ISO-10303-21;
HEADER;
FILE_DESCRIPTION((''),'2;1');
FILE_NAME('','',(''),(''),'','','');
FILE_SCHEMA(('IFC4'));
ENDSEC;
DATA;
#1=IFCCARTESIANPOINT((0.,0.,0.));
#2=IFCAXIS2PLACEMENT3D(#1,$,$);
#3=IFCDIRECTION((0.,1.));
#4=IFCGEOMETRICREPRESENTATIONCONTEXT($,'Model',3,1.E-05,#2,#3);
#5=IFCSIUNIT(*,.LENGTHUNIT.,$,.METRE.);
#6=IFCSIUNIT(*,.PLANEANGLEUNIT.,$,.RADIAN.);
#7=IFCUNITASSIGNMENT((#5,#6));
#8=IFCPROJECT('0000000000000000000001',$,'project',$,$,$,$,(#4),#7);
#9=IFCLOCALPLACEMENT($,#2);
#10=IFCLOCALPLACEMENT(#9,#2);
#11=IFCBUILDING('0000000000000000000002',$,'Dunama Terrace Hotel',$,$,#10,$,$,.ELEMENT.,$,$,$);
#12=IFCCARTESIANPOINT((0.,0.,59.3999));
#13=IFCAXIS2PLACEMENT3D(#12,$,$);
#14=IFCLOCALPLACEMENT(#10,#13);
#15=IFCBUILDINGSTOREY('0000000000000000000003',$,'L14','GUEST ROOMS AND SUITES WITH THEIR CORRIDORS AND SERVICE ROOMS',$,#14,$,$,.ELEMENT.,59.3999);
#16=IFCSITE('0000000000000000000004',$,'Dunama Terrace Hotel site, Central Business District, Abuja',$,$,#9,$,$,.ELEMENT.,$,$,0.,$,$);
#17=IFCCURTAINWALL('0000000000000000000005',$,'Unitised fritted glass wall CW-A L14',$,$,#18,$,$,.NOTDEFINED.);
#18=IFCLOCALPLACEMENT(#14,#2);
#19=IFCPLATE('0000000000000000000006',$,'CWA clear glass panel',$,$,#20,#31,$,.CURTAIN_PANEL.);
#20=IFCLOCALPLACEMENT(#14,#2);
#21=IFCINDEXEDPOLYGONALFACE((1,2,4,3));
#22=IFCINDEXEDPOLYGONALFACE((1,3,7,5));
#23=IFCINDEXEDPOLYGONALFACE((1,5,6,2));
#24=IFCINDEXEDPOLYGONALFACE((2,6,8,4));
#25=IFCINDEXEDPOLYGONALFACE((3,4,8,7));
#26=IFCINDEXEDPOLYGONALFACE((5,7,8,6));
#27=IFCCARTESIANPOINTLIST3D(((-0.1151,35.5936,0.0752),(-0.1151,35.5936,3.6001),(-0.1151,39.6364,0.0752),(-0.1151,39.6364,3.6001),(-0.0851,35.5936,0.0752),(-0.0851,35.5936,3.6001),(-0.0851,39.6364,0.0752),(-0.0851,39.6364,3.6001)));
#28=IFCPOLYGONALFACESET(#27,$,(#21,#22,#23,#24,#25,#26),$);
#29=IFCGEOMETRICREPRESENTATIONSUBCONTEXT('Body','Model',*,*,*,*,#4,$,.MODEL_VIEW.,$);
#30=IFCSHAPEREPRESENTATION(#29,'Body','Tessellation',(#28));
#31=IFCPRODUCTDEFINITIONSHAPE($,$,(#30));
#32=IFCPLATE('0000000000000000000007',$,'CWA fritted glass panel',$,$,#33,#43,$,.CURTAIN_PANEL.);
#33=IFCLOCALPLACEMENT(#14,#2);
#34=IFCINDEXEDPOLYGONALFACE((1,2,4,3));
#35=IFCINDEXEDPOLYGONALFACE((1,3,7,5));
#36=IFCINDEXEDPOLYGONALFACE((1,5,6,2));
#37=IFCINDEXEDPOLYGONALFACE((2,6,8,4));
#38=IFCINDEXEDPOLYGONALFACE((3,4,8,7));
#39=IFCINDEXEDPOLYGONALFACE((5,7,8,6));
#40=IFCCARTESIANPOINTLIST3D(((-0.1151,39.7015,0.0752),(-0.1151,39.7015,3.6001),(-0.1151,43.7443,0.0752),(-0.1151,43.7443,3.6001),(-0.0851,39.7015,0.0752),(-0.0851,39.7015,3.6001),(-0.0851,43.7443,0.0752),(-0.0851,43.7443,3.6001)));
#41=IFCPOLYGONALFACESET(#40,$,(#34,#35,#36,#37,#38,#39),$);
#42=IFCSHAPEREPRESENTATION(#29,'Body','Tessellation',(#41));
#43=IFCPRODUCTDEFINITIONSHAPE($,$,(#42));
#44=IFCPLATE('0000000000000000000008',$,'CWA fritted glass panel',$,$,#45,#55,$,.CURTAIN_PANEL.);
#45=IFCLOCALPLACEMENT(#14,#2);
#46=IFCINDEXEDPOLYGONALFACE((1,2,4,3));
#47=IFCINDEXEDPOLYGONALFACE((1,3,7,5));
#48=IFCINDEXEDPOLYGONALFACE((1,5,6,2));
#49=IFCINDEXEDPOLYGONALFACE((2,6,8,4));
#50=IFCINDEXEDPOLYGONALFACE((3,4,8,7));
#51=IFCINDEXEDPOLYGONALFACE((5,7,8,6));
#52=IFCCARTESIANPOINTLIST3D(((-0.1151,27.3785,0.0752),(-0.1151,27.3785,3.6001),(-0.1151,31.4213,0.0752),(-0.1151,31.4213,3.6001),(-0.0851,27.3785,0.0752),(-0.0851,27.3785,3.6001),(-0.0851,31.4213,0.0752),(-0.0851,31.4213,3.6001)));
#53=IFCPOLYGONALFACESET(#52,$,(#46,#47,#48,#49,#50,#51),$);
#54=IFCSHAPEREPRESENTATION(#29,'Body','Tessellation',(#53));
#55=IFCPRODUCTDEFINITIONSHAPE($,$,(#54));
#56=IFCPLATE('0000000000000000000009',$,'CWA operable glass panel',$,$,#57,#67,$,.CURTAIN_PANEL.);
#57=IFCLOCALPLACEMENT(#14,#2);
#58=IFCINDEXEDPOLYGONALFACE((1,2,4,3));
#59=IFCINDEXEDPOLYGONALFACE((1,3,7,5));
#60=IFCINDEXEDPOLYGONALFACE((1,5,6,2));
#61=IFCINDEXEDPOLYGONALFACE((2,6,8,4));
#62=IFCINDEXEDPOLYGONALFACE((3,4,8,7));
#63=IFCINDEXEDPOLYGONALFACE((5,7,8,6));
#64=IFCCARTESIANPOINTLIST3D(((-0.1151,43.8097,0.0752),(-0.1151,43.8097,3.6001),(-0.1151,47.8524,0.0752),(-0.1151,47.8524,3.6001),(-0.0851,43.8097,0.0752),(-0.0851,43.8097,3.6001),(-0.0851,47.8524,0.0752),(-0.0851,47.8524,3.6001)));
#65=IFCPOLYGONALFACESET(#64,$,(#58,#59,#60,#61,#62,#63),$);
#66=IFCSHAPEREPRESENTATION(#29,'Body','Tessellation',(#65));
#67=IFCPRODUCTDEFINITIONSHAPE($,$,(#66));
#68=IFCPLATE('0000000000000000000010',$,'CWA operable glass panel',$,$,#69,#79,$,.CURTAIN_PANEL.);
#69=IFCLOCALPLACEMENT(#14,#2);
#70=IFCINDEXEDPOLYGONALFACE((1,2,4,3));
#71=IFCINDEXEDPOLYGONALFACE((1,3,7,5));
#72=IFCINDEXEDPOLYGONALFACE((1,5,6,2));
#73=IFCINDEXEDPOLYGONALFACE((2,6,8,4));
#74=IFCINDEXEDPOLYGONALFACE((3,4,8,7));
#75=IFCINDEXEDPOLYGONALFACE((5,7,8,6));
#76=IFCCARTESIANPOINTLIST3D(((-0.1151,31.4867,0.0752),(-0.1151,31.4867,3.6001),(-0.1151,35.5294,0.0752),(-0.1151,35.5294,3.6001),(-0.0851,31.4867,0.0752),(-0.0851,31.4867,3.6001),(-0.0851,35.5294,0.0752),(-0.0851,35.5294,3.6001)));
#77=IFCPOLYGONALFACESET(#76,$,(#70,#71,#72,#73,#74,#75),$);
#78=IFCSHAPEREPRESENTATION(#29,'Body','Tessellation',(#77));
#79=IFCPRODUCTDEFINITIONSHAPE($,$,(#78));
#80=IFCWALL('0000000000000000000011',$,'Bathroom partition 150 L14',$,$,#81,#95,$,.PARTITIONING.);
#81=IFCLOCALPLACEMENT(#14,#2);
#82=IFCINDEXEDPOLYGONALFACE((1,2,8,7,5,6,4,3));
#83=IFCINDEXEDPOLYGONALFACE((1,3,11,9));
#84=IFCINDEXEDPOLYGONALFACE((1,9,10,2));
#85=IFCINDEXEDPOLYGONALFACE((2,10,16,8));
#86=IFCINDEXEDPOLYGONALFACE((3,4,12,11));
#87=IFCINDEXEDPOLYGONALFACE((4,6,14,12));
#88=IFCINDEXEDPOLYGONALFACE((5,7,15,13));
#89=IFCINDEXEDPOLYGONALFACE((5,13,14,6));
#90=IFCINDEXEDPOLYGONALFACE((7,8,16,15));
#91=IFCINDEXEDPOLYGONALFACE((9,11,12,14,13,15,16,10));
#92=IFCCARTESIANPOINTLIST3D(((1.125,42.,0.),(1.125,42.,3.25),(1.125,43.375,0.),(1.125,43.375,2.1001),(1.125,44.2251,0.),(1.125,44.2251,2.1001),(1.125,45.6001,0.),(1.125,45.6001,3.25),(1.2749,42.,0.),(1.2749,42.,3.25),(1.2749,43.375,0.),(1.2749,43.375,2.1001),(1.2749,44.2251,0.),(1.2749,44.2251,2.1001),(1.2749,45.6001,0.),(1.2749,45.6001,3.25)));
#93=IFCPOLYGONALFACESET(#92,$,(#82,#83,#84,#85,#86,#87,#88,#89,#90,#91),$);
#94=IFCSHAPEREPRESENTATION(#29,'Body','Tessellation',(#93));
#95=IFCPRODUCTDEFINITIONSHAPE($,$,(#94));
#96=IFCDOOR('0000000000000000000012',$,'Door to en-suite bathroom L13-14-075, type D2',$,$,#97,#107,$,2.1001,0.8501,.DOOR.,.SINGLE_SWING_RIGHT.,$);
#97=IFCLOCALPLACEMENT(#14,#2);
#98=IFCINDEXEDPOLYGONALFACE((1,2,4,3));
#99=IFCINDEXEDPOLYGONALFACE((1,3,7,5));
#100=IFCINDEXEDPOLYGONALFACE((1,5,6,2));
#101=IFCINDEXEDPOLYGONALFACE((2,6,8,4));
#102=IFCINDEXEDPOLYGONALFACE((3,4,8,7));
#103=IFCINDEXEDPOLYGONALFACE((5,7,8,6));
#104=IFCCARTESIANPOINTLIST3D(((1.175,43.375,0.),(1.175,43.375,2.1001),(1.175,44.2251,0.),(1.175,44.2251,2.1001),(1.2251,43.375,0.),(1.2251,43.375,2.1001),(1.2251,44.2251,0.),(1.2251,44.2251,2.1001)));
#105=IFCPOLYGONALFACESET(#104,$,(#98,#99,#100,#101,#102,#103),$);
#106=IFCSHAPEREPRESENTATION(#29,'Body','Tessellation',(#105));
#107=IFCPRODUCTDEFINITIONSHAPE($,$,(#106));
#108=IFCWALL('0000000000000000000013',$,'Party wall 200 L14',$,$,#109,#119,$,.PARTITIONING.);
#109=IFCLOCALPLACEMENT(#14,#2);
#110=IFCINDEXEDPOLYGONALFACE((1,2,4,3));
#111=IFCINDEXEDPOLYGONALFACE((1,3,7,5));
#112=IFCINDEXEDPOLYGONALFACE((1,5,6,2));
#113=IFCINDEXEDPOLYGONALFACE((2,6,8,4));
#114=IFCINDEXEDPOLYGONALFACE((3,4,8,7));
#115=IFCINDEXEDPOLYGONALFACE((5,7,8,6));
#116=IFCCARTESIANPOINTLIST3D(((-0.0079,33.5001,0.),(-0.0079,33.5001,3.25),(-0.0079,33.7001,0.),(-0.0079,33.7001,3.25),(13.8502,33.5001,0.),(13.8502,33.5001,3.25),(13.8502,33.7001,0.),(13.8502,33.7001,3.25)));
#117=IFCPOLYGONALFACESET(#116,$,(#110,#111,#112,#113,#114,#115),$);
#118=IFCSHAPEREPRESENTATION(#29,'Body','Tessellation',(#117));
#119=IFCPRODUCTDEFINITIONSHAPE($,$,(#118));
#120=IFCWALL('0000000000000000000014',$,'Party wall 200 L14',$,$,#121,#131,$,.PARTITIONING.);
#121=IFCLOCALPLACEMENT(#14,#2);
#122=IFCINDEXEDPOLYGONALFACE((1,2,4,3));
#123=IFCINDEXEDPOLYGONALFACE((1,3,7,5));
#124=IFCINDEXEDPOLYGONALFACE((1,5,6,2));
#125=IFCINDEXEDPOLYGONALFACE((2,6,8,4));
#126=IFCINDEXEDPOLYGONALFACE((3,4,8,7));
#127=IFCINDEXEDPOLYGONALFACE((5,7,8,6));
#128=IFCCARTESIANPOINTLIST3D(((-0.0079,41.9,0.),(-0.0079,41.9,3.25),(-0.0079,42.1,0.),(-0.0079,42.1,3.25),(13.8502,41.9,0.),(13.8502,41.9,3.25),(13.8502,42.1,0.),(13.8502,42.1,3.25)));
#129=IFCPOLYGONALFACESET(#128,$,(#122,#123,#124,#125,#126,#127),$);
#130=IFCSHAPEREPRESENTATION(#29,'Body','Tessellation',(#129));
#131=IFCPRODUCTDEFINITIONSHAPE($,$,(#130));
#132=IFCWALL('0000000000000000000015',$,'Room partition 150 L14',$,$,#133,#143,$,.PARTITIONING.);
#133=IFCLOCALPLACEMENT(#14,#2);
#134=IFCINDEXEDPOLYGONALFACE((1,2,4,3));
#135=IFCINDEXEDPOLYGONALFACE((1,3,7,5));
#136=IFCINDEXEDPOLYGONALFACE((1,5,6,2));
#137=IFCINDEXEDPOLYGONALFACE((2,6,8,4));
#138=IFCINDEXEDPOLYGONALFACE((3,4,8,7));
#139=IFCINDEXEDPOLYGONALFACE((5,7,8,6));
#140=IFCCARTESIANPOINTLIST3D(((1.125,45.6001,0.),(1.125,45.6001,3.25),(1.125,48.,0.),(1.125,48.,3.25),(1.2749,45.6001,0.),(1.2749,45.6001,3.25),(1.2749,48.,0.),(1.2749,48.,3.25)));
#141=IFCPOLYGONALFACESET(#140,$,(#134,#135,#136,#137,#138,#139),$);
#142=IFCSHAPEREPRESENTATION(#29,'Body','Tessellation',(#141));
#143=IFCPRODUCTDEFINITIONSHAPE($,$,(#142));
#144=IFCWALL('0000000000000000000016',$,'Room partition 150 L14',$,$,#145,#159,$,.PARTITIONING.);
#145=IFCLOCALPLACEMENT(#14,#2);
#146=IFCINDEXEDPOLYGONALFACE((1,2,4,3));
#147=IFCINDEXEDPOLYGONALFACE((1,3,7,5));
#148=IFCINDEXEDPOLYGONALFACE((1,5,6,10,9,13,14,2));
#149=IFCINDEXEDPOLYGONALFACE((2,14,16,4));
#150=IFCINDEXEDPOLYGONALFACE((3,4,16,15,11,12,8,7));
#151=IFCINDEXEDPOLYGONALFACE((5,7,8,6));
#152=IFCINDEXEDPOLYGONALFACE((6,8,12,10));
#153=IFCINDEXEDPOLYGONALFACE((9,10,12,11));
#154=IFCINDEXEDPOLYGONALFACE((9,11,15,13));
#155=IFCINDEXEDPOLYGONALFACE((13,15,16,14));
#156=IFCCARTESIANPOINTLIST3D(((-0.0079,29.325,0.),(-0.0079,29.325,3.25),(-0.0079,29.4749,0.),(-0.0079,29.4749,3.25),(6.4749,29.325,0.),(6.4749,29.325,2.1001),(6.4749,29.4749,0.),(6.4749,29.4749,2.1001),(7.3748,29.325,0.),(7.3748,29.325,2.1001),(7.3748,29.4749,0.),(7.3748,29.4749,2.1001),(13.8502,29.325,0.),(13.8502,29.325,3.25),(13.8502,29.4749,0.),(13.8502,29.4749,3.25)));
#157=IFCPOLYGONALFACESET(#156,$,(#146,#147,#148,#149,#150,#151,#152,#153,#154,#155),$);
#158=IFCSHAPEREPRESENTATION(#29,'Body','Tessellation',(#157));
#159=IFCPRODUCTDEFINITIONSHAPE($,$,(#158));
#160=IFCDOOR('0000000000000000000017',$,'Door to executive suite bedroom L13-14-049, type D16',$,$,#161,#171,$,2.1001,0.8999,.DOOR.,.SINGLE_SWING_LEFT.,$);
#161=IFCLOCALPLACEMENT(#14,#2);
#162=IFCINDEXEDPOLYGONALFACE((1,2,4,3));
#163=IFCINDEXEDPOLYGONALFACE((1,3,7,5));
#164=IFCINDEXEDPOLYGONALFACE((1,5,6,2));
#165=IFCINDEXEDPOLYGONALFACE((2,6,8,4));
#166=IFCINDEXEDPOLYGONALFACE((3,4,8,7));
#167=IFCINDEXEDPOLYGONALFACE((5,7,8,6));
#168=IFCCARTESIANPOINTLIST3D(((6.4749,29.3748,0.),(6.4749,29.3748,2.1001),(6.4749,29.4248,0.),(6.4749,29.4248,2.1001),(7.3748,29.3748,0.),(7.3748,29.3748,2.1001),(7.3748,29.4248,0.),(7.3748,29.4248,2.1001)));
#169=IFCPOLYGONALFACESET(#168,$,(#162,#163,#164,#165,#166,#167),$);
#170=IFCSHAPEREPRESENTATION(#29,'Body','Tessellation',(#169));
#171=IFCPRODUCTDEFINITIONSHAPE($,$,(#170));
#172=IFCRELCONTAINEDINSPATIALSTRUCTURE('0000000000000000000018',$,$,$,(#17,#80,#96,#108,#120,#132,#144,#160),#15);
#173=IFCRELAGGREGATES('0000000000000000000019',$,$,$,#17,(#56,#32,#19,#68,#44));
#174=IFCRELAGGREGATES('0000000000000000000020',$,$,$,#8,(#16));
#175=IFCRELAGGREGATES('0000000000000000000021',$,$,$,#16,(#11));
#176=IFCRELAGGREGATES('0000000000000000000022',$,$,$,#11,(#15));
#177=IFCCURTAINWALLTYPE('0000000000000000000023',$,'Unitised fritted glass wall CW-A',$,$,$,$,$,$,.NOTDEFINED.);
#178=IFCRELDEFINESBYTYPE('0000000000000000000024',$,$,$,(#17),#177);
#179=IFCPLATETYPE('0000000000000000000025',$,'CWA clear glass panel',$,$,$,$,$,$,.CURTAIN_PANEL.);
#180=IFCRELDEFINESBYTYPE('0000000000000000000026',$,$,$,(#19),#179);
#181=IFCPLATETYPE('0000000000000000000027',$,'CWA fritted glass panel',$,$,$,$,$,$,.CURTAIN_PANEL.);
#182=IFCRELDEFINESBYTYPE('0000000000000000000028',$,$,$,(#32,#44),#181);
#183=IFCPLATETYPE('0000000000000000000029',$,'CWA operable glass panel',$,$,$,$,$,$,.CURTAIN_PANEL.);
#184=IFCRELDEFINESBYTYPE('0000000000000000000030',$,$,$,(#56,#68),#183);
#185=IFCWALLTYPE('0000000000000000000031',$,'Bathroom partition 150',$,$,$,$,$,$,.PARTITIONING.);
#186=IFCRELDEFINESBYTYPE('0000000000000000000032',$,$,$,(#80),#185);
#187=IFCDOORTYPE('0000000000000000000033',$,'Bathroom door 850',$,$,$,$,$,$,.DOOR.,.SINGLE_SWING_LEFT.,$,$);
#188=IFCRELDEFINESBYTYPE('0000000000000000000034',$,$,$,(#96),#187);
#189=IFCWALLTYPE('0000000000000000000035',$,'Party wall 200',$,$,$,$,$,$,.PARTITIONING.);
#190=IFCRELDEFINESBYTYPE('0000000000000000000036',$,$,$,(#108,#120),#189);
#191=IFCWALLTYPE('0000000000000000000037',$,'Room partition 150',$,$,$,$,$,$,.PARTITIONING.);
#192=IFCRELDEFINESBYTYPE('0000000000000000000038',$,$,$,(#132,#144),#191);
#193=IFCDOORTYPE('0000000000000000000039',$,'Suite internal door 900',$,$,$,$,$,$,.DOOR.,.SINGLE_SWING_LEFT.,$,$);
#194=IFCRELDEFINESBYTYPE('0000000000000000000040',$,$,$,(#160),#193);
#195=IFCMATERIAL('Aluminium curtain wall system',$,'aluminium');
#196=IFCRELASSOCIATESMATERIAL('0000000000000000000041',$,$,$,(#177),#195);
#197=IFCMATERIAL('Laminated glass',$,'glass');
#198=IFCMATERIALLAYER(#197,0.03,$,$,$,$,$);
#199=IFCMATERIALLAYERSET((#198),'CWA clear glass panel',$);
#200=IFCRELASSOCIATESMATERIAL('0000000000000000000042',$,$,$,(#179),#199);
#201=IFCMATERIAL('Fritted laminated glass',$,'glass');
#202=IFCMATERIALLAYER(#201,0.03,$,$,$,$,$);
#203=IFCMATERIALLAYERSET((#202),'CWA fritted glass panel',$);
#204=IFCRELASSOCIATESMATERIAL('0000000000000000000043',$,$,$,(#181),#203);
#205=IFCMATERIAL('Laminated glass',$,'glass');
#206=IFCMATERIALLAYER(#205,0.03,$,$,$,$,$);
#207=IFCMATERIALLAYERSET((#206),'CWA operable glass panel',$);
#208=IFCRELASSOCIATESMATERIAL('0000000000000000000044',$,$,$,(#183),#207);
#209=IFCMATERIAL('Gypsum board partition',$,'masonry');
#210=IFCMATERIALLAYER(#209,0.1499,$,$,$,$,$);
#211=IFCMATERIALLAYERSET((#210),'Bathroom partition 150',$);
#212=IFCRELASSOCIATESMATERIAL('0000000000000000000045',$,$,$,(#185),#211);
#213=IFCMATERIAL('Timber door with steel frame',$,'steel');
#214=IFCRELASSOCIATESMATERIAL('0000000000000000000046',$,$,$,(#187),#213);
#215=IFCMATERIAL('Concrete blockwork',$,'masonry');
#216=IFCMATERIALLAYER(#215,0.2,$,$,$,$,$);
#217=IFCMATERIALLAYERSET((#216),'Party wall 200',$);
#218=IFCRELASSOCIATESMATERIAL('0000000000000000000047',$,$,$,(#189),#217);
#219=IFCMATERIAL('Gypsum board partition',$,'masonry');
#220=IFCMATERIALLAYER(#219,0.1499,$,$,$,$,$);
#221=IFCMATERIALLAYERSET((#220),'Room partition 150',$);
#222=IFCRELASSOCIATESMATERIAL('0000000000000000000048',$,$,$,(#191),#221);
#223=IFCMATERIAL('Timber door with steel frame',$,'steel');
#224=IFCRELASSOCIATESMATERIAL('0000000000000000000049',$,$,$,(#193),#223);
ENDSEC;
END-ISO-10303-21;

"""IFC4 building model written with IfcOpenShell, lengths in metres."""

from ifc_helpers import new_model, si_unit, direction, frame, frame_2d, origin, origin_2d, place, context, subcontext, project, spatial, rectangle, extrude, material, layer, layer_set, type_object, element, fill, aggregate, save


model = new_model("IFC4")

# Units and contexts
model_context = context("Model", 3, precision=1e-05, world=origin(), true_north=direction((0.0, 1.0)))
body_context = subcontext(model_context, "Body", "Model", "MODEL_VIEW")
ifc_project = project(units=[si_unit("LENGTHUNIT", "METRE"), si_unit("PLANEANGLEUNIT", "RADIAN")], contexts=[model_context])

# Site, building, storey
site_placement = place(None, origin())
site = spatial("IfcSite", under=ifc_project, at=site_placement, Name="Dunama Terrace Hotel site, Central Business District, Abuja", CompositionType="ELEMENT", RefElevation=0.0)
building_placement = place(site_placement, origin())
building = spatial("IfcBuilding", under=site, at=building_placement, Name="Dunama Terrace Hotel", CompositionType="ELEMENT")
storey_placement = place(building_placement, frame((0.0, 0.0, 59.3999)))
storey = spatial("IfcBuildingStorey", under=building, at=storey_placement, Name="L14", Description="GUEST ROOMS AND SUITES WITH THEIR CORRIDORS AND SERVICE ROOMS", CompositionType="ELEMENT", Elevation=59.3999)

# Curtain wall
ifc_material_1 = material(Name="Aluminium curtain wall system", Category="aluminium")
curtain_wall_type = type_object("IfcCurtainWallType", Name="Unitised fritted glass wall CW-A", PredefinedType="NOTDEFINED", material=ifc_material_1)
curtain_wall_placement = place(storey_placement, origin())
curtain_wall = element("IfcCurtainWall", 1, at=curtain_wall_placement, inside=storey, type_object=curtain_wall_type, Name="Unitised fritted glass wall CW-A L14", PredefinedType="NOTDEFINED")

# Plates
ifc_material_2 = material(Name="Laminated glass", Category="glass")
ifc_layer_1 = layer(ifc_material_2, 0.03)
ifc_layer_set_1 = layer_set([ifc_layer_1], Name="CWA clear glass panel")
plate_type_1 = type_object("IfcPlateType", Name="CWA clear glass panel", PredefinedType="CURTAIN_PANEL", material=ifc_layer_set_1)
plate_1_placement = place(storey_placement, frame((-0.1001, 37.615, 0.0752), z_axis=(0.0, 0.0, 1.0), x_axis=(0.0, -1.0, 0.0)))
plate_1 = element("IfcPlate", 2, at=plate_1_placement, type_object=plate_type_1, Name="CWA clear glass panel", PredefinedType="CURTAIN_PANEL", context=body_context, shape_type="SweptSolid", body=[
    extrude(rectangle(XDim=4.0427, YDim=0.03, at=origin_2d()), origin(), (0.0, 0.0, 1.0), 3.5249),
])
ifc_material_3 = material(Name="Fritted laminated glass", Category="glass")
ifc_layer_2 = layer(ifc_material_3, 0.03)
ifc_layer_set_2 = layer_set([ifc_layer_2], Name="CWA fritted glass panel")
plate_type_2 = type_object("IfcPlateType", Name="CWA fritted glass panel", PredefinedType="CURTAIN_PANEL", material=ifc_layer_set_2)
plate_2_placement = place(storey_placement, frame((-0.1001, 41.7229, 0.0752), z_axis=(0.0, 0.0, 1.0), x_axis=(0.0, -1.0, 0.0)))
plate_2 = element("IfcPlate", 3, at=plate_2_placement, type_object=plate_type_2, Name="CWA fritted glass panel", PredefinedType="CURTAIN_PANEL", context=body_context, shape_type="SweptSolid", body=[
    extrude(rectangle(XDim=4.0427, YDim=0.03, at=origin_2d()), origin(), (0.0, 0.0, 1.0), 3.5249),
])
plate_3_placement = place(storey_placement, frame((-0.1001, 29.3999, 0.0752), z_axis=(0.0, 0.0, 1.0), x_axis=(0.0, -1.0, 0.0)))
plate_3 = element("IfcPlate", 4, at=plate_3_placement, type_object=plate_type_2, Name="CWA fritted glass panel", PredefinedType="CURTAIN_PANEL", context=body_context, shape_type="SweptSolid", body=[
    extrude(rectangle(XDim=4.0427, YDim=0.03, at=origin_2d()), origin(), (0.0, 0.0, 1.0), 3.5249),
])
ifc_material_4 = material(Name="Laminated glass", Category="glass")
ifc_layer_3 = layer(ifc_material_4, 0.03)
ifc_layer_set_3 = layer_set([ifc_layer_3], Name="CWA operable glass panel")
plate_type_3 = type_object("IfcPlateType", Name="CWA operable glass panel", PredefinedType="CURTAIN_PANEL", material=ifc_layer_set_3)
plate_4_placement = place(storey_placement, frame((-0.1001, 45.8311, 0.0752), z_axis=(0.0, 0.0, 1.0), x_axis=(0.0, -1.0, 0.0)))
plate_4 = element("IfcPlate", 5, at=plate_4_placement, type_object=plate_type_3, Name="CWA operable glass panel", PredefinedType="CURTAIN_PANEL", context=body_context, shape_type="SweptSolid", body=[
    extrude(rectangle(XDim=4.0427, YDim=0.03, at=origin_2d()), origin(), (0.0, 0.0, 1.0), 3.5249),
])
plate_5_placement = place(storey_placement, frame((-0.1001, 33.5081, 0.0752), z_axis=(0.0, 0.0, 1.0), x_axis=(0.0, -1.0, 0.0)))
plate_5 = element("IfcPlate", 6, at=plate_5_placement, type_object=plate_type_3, Name="CWA operable glass panel", PredefinedType="CURTAIN_PANEL", context=body_context, shape_type="SweptSolid", body=[
    extrude(rectangle(XDim=4.0427, YDim=0.03, at=origin_2d()), origin(), (0.0, 0.0, 1.0), 3.5249),
])
aggregate(curtain_wall, [plate_4, plate_2, plate_1, plate_5, plate_3])

# Wall, opening, door
ifc_material_5 = material(Name="Gypsum board partition", Category="masonry")
ifc_layer_4 = layer(ifc_material_5, 0.1499)
ifc_layer_set_4 = layer_set([ifc_layer_4], Name="Bathroom partition 150")
wall_type_1 = type_object("IfcWallType", Name="Bathroom partition 150", PredefinedType="PARTITIONING", material=ifc_layer_set_4)
wall_1_placement = place(storey_placement, frame((1.2, 42.0, 0.0), z_axis=(0.0, 0.0, 1.0), x_axis=(0.0, 1.0, 0.0)))
wall_1 = element("IfcWall", 7, at=wall_1_placement, inside=storey, type_object=wall_type_1, Name="Bathroom partition 150 L14", PredefinedType="PARTITIONING", context=body_context, shape_type="SweptSolid", body=[
    extrude(rectangle(XDim=3.6001, YDim=0.1499, at=frame_2d((1.8, 0.0))), origin(), (0.0, 0.0, 1.0), 3.25),
])
opening_1_placement = place(wall_1_placement, frame((1.375, 0.0, 0.0)))
opening_1 = element("IfcOpeningElement", 8, at=opening_1_placement, cuts=wall_1, PredefinedType="OPENING", context=body_context, shape_type="SweptSolid", body=[
    extrude(rectangle(XDim=0.8501, YDim=2.1001, at=frame_2d((0.425, 1.05))), frame((0.0, 0.085, 0.0), z_axis=(0.0, -1.0, 0.0), x_axis=(1.0, 0.0, 0.0)), (0.0, 0.0, 1.0), 0.1699),
])
ifc_material_6 = material(Name="Timber door with steel frame", Category="steel")
door_type_1 = type_object("IfcDoorType", Name="Bathroom door 850", OperationType="SINGLE_SWING_LEFT", PredefinedType="DOOR", material=ifc_material_6)
door_1_placement = place(opening_1_placement, frame((0.8501, 0.0, 0.0), z_axis=(0.0, 0.0, 1.0), x_axis=(-1.0, 0.0, 0.0)))
door_1 = element("IfcDoor", 9, at=door_1_placement, inside=storey, type_object=door_type_1, Name="Door to en-suite bathroom L13-14-075, type D2", OperationType="SINGLE_SWING_RIGHT", OverallHeight=2.1001, OverallWidth=0.8501, PredefinedType="DOOR", context=body_context, shape_type="SweptSolid", body=[
    extrude(rectangle(XDim=0.8501, YDim=2.1001, at=frame_2d((0.425, 1.05))), frame((0.0, 0.0251, 0.0), z_axis=(0.0, -1.0, 0.0), x_axis=(1.0, 0.0, 0.0)), (0.0, 0.0, 1.0), 0.05),
])
fill(opening_1, door_1)

# Walls
ifc_material_7 = material(Name="Concrete blockwork", Category="masonry")
ifc_layer_5 = layer(ifc_material_7, 0.2)
ifc_layer_set_5 = layer_set([ifc_layer_5], Name="Party wall 200")
wall_type_2 = type_object("IfcWallType", Name="Party wall 200", PredefinedType="PARTITIONING", material=ifc_layer_set_5)
for number, where, z_axis, x_axis, name in (
    (10, (-0.0081, 33.6001, 0.0), (0.0, 0.0, 1.0), (1.0, 0.0, 0.0), "Party wall 200 L14"),
    (11, (-0.0081, 42.0, 0.0), (0.0, 0.0, 1.0), (1.0, 0.0, 0.0), "Party wall 200 L14"),
):
    element("IfcWall", number, at=place(storey_placement, frame(where, z_axis=z_axis, x_axis=x_axis)), inside=storey, type_object=wall_type_2, Name=name, PredefinedType="PARTITIONING", context=body_context, shape_type="SweptSolid", body=[
        extrude(rectangle(XDim=13.8582, YDim=0.2, at=frame_2d((6.9292, 0.0))), origin(), (0.0, 0.0, 1.0), 3.25),
    ])
ifc_material_8 = material(Name="Gypsum board partition", Category="masonry")
ifc_layer_6 = layer(ifc_material_8, 0.1499)
ifc_layer_set_6 = layer_set([ifc_layer_6], Name="Room partition 150")
wall_type_3 = type_object("IfcWallType", Name="Room partition 150", PredefinedType="PARTITIONING", material=ifc_layer_set_6)
wall_2_placement = place(storey_placement, frame((1.2, 45.6001, 0.0), z_axis=(0.0, 0.0, 1.0), x_axis=(0.0, 1.0, 0.0)))
element("IfcWall", 12, at=wall_2_placement, inside=storey, type_object=wall_type_3, Name="Room partition 150 L14", PredefinedType="PARTITIONING", context=body_context, shape_type="SweptSolid", body=[
    extrude(rectangle(XDim=2.3999, YDim=0.1499, at=frame_2d((1.2, 0.0))), origin(), (0.0, 0.0, 1.0), 3.25),
])

# Wall, opening, door
wall_3_placement = place(storey_placement, frame((-0.0081, 29.3999, 0.0), z_axis=(0.0, 0.0, 1.0), x_axis=(1.0, 0.0, 0.0)))
wall_3 = element("IfcWall", 13, at=wall_3_placement, inside=storey, type_object=wall_type_3, Name="Room partition 150 L14", PredefinedType="PARTITIONING", context=body_context, shape_type="SweptSolid", body=[
    extrude(rectangle(XDim=13.8582, YDim=0.1499, at=frame_2d((6.9292, 0.0))), origin(), (0.0, 0.0, 1.0), 3.25),
])
opening_2_placement = place(wall_3_placement, frame((6.4829, 0.0, 0.0)))
opening_2 = element("IfcOpeningElement", 14, at=opening_2_placement, cuts=wall_3, PredefinedType="OPENING", context=body_context, shape_type="SweptSolid", body=[
    extrude(rectangle(XDim=0.8999, YDim=2.1001, at=frame_2d((0.45, 1.05))), frame((0.0, 0.085, 0.0), z_axis=(0.0, -1.0, 0.0), x_axis=(1.0, 0.0, 0.0)), (0.0, 0.0, 1.0), 0.1699),
])
ifc_material_9 = material(Name="Timber door with steel frame", Category="steel")
door_type_2 = type_object("IfcDoorType", Name="Suite internal door 900", OperationType="SINGLE_SWING_LEFT", PredefinedType="DOOR", material=ifc_material_9)
door_2_placement = place(opening_2_placement, origin())
door_2 = element("IfcDoor", 15, at=door_2_placement, inside=storey, type_object=door_type_2, Name="Door to executive suite bedroom L13-14-049, type D16", OperationType="SINGLE_SWING_LEFT", OverallHeight=2.1001, OverallWidth=0.8999, PredefinedType="DOOR", context=body_context, shape_type="SweptSolid", body=[
    extrude(rectangle(XDim=0.8999, YDim=2.1001, at=frame_2d((0.45, 1.05))), frame((0.0, 0.0249, 0.0), z_axis=(0.0, -1.0, 0.0), x_axis=(1.0, 0.0, 0.0)), (0.0, 0.0, 1.0), 0.05),
])
fill(opening_2, door_2)

save(model, "model.ifc")
